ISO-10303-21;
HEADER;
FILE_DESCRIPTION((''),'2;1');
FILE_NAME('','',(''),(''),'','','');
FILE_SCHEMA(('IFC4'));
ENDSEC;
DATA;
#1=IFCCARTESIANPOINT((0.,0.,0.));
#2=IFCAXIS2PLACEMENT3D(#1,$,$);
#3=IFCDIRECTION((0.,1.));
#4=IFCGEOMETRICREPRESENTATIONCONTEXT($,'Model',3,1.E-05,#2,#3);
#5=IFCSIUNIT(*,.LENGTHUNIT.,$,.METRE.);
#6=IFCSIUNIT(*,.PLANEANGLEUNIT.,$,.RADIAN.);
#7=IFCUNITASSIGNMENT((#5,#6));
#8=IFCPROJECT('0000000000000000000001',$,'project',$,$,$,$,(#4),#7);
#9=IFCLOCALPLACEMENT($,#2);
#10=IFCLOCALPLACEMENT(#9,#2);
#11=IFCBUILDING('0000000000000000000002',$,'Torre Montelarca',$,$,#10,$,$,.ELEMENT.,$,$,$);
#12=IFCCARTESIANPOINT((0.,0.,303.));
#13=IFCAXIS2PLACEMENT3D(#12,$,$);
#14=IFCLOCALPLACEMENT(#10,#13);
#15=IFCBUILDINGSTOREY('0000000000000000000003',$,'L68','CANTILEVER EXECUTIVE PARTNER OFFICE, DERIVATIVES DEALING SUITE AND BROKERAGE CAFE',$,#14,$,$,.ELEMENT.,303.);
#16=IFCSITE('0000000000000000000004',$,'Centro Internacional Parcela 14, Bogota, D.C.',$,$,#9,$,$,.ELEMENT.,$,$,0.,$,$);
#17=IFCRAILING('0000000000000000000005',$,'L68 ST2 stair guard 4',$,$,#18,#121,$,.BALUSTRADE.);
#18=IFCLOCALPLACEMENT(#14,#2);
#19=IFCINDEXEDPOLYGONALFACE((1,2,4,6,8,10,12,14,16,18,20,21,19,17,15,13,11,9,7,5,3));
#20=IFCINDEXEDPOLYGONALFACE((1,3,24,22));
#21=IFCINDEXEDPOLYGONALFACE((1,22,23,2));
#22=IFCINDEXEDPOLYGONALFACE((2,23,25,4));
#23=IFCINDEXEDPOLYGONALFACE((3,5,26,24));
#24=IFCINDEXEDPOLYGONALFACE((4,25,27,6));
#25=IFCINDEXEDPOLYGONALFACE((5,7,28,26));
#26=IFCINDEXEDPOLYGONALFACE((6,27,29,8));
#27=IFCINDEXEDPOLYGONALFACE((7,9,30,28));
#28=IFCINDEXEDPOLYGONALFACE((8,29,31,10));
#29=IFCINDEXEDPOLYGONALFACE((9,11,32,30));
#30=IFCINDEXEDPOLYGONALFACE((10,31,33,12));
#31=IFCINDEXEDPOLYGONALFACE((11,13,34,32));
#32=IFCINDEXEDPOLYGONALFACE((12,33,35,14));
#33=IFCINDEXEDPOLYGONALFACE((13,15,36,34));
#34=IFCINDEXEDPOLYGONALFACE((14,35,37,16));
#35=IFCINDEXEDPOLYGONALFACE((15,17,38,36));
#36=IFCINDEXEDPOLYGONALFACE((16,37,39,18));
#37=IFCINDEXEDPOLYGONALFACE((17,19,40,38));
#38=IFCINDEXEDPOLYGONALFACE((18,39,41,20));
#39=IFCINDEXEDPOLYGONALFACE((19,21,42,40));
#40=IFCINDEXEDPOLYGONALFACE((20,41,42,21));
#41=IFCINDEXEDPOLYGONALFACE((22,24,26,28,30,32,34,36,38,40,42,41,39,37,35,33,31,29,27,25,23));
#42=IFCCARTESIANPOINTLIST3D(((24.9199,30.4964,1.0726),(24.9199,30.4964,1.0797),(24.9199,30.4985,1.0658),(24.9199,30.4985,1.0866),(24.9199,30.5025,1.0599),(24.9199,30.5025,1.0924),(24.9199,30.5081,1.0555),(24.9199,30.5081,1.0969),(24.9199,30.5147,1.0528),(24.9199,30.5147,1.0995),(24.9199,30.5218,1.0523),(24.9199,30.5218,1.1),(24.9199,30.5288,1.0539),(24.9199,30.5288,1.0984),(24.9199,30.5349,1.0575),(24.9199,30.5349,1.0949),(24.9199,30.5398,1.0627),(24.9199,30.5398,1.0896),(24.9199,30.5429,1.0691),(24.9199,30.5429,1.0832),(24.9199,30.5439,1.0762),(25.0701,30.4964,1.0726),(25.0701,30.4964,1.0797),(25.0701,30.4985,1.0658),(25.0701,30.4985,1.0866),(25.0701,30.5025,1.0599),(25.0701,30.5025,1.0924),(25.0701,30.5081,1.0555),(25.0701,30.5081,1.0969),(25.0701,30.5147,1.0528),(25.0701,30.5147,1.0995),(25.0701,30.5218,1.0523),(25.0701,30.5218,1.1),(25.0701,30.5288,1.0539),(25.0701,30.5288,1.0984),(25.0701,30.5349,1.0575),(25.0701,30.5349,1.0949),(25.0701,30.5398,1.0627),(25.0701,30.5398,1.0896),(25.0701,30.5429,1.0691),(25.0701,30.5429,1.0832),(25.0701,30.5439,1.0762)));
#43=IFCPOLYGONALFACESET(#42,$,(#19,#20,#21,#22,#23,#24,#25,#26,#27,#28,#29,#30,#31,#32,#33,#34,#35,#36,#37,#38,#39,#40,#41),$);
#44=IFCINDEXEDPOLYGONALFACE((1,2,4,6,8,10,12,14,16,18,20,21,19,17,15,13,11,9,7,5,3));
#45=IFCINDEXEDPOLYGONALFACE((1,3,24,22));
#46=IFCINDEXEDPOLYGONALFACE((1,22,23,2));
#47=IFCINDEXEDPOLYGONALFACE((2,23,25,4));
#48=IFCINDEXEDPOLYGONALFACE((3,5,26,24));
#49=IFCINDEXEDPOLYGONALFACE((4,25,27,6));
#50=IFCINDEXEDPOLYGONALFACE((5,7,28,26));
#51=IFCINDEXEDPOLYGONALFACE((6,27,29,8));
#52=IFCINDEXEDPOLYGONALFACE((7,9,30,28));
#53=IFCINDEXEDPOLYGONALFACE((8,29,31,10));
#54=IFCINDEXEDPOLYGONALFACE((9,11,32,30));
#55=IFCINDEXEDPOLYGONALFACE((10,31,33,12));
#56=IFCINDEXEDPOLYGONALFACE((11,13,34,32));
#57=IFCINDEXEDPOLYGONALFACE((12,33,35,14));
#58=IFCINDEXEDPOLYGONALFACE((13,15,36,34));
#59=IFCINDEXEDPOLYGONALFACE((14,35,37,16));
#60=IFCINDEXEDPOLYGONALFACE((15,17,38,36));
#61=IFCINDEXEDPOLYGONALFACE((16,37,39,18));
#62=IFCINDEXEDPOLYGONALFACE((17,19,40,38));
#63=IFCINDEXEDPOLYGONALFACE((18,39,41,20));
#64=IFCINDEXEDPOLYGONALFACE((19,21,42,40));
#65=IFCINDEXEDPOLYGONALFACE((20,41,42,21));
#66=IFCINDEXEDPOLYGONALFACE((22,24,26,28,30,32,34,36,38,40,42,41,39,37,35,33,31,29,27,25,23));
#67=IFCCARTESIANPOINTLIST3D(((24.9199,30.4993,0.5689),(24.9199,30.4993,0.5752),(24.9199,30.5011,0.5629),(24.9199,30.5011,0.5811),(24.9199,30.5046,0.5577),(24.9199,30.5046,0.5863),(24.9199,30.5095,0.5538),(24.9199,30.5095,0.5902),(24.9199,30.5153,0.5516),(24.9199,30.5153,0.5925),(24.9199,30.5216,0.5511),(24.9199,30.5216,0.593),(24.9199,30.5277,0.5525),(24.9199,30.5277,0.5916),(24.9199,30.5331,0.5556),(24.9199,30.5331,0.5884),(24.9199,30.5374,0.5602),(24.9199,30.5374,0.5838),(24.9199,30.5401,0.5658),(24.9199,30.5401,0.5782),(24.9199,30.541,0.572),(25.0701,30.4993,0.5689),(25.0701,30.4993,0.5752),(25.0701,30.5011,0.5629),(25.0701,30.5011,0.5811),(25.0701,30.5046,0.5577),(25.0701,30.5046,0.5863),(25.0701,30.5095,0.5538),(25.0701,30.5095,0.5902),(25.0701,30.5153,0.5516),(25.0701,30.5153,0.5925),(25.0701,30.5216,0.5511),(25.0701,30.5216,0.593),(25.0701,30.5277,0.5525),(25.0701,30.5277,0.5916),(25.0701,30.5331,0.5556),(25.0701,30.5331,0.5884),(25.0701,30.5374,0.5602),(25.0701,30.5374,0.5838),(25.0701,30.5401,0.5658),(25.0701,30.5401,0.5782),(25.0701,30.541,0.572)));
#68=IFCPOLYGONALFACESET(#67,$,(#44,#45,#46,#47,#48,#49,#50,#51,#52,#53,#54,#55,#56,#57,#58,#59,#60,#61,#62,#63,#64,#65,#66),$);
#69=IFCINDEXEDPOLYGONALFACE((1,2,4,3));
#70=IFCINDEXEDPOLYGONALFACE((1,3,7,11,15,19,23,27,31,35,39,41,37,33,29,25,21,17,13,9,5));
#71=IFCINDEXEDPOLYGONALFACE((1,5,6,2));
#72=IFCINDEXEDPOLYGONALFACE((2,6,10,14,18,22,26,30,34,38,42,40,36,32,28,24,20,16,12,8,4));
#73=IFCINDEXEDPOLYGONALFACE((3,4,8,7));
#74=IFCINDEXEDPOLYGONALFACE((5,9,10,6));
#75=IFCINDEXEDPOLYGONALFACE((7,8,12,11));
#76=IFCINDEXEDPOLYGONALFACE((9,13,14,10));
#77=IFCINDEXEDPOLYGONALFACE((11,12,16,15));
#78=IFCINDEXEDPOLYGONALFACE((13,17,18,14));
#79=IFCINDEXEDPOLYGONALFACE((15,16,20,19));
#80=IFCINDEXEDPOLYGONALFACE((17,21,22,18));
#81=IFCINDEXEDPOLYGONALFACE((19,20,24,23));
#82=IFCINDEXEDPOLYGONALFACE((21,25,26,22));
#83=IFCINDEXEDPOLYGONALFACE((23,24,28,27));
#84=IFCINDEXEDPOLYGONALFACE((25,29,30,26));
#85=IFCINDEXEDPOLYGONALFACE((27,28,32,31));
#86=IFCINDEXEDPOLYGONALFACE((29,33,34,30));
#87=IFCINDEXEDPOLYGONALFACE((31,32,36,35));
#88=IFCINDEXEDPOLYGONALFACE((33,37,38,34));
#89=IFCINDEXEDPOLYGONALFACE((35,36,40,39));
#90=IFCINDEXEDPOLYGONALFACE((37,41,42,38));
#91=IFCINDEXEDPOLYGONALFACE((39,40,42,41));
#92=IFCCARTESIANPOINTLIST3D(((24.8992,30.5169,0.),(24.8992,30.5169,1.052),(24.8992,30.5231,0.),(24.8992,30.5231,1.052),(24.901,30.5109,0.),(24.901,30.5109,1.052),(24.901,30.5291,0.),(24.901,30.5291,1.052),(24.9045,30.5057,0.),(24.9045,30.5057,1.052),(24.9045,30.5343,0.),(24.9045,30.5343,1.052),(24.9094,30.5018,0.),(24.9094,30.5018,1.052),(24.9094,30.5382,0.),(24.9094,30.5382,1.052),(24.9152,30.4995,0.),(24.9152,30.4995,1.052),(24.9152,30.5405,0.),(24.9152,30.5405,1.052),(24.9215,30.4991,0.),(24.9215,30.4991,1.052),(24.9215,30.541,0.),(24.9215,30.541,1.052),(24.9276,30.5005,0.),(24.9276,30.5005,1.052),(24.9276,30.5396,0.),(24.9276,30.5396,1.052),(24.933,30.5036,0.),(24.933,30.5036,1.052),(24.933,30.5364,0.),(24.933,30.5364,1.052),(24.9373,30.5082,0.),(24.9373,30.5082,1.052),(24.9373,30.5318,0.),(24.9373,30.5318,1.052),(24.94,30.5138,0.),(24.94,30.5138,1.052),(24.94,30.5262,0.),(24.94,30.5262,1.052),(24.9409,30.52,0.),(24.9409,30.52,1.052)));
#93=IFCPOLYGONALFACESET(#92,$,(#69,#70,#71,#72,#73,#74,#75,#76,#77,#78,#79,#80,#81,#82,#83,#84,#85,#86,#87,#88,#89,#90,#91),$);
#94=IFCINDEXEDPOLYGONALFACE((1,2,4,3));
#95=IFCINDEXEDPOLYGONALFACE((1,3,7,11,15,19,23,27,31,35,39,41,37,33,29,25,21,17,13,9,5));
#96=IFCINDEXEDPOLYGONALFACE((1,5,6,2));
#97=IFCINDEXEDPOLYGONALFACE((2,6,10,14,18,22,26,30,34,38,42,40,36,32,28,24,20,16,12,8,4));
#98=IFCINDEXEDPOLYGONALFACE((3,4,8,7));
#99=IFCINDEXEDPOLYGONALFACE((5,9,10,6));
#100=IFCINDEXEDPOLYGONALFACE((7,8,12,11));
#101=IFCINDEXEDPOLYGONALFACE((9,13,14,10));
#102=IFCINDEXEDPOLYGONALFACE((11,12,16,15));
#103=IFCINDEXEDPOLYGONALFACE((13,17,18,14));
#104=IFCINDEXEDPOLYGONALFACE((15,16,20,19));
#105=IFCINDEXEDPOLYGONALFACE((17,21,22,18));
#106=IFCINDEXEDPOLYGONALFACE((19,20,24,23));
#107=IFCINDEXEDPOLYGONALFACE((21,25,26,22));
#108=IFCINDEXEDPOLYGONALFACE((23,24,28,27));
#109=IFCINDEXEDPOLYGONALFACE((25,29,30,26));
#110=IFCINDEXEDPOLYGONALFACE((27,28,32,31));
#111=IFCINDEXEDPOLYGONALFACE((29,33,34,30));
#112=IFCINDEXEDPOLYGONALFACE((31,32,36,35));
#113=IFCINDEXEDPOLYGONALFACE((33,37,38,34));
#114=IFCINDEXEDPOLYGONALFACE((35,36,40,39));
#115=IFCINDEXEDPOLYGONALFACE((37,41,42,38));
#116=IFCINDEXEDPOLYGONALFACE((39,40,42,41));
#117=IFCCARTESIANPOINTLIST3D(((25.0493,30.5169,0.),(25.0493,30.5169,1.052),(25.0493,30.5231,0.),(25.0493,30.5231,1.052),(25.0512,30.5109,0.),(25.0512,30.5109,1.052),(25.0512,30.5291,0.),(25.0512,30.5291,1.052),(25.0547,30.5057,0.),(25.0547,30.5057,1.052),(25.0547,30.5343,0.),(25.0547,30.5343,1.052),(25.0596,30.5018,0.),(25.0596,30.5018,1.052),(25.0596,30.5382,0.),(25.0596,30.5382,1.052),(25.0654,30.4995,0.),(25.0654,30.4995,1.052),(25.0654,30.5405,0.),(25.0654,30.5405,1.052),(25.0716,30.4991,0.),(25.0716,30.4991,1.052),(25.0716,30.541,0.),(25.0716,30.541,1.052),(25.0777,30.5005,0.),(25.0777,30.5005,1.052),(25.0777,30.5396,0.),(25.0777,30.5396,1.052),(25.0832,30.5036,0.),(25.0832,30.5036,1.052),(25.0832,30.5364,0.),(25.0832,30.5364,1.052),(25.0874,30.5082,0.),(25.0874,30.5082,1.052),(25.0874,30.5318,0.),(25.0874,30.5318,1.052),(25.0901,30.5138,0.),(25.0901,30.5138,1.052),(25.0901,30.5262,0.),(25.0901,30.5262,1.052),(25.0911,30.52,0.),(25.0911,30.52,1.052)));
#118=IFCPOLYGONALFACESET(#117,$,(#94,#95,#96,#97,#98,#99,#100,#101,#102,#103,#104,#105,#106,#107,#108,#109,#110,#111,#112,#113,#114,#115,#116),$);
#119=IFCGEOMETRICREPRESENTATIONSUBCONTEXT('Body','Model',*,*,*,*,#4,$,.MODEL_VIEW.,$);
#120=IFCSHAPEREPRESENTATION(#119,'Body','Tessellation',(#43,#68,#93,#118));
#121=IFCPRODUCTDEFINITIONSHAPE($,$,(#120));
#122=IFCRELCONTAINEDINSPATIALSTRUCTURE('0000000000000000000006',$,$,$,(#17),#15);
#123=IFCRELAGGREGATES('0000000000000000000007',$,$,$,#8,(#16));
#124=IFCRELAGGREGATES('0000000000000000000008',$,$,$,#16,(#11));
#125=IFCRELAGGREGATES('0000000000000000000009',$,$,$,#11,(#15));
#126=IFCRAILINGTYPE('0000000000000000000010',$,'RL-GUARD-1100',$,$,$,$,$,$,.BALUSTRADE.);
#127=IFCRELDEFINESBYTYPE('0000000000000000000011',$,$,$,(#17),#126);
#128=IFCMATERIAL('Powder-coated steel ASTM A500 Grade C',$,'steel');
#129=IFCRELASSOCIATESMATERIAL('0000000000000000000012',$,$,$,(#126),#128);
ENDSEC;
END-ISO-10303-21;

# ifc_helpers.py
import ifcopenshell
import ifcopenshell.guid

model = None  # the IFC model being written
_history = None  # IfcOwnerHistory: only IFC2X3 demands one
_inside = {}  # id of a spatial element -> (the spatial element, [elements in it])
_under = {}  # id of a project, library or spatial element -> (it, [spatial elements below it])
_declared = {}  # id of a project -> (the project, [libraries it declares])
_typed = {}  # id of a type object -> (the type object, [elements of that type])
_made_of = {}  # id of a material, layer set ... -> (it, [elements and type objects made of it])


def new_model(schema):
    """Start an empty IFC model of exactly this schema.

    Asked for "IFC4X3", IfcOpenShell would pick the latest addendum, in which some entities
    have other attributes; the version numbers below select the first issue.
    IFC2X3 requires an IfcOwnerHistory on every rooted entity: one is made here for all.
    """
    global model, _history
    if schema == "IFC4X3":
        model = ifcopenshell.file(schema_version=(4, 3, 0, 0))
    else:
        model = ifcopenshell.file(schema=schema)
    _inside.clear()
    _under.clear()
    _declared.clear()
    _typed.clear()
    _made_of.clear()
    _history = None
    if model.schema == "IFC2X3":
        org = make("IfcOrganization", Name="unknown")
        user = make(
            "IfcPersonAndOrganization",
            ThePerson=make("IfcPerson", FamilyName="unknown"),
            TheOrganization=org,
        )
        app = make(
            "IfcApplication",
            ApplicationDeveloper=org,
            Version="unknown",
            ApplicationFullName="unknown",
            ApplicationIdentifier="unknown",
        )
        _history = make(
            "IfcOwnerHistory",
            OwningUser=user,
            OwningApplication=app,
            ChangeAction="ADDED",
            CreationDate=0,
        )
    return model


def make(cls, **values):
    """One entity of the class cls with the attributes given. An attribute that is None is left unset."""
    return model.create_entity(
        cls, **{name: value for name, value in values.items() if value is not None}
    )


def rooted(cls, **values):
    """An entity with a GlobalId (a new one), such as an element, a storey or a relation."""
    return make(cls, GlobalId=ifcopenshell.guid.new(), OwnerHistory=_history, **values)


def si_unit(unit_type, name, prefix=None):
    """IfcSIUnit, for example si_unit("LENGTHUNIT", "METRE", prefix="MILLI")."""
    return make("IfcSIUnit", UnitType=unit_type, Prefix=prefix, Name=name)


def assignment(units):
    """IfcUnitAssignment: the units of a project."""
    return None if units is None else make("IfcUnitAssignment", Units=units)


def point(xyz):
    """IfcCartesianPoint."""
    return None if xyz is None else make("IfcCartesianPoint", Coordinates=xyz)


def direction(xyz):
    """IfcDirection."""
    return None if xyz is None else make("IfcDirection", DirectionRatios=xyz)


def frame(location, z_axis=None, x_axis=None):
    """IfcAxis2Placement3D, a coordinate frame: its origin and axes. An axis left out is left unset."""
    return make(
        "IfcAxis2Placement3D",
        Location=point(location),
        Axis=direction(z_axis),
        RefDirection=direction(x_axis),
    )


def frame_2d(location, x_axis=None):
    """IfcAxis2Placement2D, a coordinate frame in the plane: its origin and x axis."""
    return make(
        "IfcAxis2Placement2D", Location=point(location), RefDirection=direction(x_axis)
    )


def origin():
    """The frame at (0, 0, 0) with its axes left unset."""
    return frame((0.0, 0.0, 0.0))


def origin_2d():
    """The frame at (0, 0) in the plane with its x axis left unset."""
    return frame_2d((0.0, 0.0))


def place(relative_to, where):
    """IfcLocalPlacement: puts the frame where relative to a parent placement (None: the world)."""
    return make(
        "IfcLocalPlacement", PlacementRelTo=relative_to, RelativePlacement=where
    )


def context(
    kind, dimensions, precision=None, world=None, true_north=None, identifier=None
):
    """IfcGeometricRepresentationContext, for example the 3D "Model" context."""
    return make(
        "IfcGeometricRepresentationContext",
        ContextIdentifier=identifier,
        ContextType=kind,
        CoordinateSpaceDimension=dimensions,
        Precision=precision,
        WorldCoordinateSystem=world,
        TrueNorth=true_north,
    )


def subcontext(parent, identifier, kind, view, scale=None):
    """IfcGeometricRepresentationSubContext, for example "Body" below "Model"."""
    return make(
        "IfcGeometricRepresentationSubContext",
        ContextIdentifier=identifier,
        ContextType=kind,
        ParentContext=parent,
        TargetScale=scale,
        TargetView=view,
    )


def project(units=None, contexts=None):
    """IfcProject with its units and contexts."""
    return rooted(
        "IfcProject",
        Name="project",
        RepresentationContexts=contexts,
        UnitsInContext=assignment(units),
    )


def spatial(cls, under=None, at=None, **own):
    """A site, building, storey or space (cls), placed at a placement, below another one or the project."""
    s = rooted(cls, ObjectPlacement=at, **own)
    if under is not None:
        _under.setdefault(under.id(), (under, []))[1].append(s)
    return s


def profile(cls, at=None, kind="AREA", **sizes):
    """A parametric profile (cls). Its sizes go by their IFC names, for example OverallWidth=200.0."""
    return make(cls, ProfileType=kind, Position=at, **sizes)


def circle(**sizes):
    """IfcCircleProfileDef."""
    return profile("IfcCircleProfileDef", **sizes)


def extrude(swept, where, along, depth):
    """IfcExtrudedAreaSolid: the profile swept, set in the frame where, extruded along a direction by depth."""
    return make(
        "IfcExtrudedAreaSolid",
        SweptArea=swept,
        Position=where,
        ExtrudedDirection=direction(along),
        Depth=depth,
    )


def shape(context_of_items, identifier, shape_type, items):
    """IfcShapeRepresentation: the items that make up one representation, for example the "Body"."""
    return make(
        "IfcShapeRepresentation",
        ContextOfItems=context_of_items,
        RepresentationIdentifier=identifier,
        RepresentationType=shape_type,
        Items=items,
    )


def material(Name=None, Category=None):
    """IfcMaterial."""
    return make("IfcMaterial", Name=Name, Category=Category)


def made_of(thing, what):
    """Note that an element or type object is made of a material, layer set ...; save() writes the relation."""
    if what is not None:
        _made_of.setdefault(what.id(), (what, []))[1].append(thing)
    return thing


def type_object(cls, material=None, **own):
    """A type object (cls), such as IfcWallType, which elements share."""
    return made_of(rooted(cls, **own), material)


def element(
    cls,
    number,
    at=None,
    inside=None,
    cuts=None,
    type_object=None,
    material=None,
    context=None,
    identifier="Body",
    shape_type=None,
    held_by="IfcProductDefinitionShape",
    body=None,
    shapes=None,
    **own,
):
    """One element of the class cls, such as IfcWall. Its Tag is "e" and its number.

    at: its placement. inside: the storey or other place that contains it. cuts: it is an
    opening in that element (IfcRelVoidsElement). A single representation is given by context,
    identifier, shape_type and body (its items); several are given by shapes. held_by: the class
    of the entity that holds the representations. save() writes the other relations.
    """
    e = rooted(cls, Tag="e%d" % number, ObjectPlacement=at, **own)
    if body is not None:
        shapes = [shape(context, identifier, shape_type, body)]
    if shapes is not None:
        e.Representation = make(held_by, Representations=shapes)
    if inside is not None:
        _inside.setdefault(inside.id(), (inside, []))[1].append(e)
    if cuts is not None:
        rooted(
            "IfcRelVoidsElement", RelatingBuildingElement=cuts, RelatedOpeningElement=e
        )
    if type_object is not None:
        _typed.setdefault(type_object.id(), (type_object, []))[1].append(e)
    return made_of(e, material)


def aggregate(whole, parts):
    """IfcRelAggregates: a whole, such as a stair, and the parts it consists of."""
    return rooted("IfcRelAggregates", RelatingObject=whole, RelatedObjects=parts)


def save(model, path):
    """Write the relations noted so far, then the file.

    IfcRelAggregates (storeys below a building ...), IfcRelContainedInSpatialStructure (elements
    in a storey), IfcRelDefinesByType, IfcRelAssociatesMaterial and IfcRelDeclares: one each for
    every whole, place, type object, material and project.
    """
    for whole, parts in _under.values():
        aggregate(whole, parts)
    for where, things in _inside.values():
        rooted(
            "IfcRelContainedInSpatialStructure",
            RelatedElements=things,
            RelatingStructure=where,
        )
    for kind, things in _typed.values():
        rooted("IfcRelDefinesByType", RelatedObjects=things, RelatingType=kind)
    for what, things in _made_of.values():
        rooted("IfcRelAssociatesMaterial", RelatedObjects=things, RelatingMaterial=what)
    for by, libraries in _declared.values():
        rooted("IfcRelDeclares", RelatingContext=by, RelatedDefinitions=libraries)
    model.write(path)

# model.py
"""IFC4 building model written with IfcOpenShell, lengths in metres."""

from ifc_helpers import new_model, si_unit, direction, frame, origin, origin_2d, place, context, subcontext, project, spatial, circle, extrude, material, type_object, element, save


model = new_model("IFC4")

# Units and contexts
model_context = context("Model", 3, precision=1e-05, world=origin(), true_north=direction((0.0, 1.0)))
body_context = subcontext(model_context, "Body", "Model", "MODEL_VIEW")
ifc_project = project(units=[si_unit("LENGTHUNIT", "METRE"), si_unit("PLANEANGLEUNIT", "RADIAN")], contexts=[model_context])

# Site, building, storey
site_placement = place(None, origin())
site = spatial("IfcSite", under=ifc_project, at=site_placement, Name="Centro Internacional Parcela 14, Bogota, D.C.", CompositionType="ELEMENT", RefElevation=0.0)
building_placement = place(site_placement, origin())
building = spatial("IfcBuilding", under=site, at=building_placement, Name="Torre Montelarca", CompositionType="ELEMENT")
storey_placement = place(building_placement, frame((0.0, 0.0, 303.0)))
storey = spatial("IfcBuildingStorey", under=building, at=storey_placement, Name="L68", Description="CANTILEVER EXECUTIVE PARTNER OFFICE, DERIVATIVES DEALING SUITE AND BROKERAGE CAFE", CompositionType="ELEMENT", Elevation=303.0)

# Railing
ifc_material_1 = material(Name="Powder-coated steel ASTM A500 Grade C", Category="steel")
railing_type_1 = type_object("IfcRailingType", Name="RL-GUARD-1100", PredefinedType="BALUSTRADE", material=ifc_material_1)
railing_1_placement = place(storey_placement, frame((24.9199, 30.52, 0.0)))
element("IfcRailing", 1, at=railing_1_placement, inside=storey, type_object=railing_type_1, Name="L68 ST2 stair guard 4", PredefinedType="BALUSTRADE", context=body_context, shape_type="SweptSolid", body=[
    extrude(circle(Radius=0.0239, at=origin_2d()), frame((0.0, 0.0, 1.0762), z_axis=(1.0, 0.0, 0.0), x_axis=(0.0, 1.0, 0.0)), (0.0, 0.0, 1.0), 0.1501),
    extrude(circle(Radius=0.021, at=origin_2d()), frame((0.0, 0.0, 0.572), z_axis=(1.0, 0.0, 0.0), x_axis=(0.0, 1.0, 0.0)), (0.0, 0.0, 1.0), 0.1501),
    extrude(circle(Radius=0.021, at=origin_2d()), origin(), (0.0, 0.0, 1.0), 1.052),
    extrude(circle(Radius=0.021, at=origin_2d()), frame((0.1501, 0.0, 0.0)), (0.0, 0.0, 1.0), 1.052),
])

save(model, "model.ifc")
